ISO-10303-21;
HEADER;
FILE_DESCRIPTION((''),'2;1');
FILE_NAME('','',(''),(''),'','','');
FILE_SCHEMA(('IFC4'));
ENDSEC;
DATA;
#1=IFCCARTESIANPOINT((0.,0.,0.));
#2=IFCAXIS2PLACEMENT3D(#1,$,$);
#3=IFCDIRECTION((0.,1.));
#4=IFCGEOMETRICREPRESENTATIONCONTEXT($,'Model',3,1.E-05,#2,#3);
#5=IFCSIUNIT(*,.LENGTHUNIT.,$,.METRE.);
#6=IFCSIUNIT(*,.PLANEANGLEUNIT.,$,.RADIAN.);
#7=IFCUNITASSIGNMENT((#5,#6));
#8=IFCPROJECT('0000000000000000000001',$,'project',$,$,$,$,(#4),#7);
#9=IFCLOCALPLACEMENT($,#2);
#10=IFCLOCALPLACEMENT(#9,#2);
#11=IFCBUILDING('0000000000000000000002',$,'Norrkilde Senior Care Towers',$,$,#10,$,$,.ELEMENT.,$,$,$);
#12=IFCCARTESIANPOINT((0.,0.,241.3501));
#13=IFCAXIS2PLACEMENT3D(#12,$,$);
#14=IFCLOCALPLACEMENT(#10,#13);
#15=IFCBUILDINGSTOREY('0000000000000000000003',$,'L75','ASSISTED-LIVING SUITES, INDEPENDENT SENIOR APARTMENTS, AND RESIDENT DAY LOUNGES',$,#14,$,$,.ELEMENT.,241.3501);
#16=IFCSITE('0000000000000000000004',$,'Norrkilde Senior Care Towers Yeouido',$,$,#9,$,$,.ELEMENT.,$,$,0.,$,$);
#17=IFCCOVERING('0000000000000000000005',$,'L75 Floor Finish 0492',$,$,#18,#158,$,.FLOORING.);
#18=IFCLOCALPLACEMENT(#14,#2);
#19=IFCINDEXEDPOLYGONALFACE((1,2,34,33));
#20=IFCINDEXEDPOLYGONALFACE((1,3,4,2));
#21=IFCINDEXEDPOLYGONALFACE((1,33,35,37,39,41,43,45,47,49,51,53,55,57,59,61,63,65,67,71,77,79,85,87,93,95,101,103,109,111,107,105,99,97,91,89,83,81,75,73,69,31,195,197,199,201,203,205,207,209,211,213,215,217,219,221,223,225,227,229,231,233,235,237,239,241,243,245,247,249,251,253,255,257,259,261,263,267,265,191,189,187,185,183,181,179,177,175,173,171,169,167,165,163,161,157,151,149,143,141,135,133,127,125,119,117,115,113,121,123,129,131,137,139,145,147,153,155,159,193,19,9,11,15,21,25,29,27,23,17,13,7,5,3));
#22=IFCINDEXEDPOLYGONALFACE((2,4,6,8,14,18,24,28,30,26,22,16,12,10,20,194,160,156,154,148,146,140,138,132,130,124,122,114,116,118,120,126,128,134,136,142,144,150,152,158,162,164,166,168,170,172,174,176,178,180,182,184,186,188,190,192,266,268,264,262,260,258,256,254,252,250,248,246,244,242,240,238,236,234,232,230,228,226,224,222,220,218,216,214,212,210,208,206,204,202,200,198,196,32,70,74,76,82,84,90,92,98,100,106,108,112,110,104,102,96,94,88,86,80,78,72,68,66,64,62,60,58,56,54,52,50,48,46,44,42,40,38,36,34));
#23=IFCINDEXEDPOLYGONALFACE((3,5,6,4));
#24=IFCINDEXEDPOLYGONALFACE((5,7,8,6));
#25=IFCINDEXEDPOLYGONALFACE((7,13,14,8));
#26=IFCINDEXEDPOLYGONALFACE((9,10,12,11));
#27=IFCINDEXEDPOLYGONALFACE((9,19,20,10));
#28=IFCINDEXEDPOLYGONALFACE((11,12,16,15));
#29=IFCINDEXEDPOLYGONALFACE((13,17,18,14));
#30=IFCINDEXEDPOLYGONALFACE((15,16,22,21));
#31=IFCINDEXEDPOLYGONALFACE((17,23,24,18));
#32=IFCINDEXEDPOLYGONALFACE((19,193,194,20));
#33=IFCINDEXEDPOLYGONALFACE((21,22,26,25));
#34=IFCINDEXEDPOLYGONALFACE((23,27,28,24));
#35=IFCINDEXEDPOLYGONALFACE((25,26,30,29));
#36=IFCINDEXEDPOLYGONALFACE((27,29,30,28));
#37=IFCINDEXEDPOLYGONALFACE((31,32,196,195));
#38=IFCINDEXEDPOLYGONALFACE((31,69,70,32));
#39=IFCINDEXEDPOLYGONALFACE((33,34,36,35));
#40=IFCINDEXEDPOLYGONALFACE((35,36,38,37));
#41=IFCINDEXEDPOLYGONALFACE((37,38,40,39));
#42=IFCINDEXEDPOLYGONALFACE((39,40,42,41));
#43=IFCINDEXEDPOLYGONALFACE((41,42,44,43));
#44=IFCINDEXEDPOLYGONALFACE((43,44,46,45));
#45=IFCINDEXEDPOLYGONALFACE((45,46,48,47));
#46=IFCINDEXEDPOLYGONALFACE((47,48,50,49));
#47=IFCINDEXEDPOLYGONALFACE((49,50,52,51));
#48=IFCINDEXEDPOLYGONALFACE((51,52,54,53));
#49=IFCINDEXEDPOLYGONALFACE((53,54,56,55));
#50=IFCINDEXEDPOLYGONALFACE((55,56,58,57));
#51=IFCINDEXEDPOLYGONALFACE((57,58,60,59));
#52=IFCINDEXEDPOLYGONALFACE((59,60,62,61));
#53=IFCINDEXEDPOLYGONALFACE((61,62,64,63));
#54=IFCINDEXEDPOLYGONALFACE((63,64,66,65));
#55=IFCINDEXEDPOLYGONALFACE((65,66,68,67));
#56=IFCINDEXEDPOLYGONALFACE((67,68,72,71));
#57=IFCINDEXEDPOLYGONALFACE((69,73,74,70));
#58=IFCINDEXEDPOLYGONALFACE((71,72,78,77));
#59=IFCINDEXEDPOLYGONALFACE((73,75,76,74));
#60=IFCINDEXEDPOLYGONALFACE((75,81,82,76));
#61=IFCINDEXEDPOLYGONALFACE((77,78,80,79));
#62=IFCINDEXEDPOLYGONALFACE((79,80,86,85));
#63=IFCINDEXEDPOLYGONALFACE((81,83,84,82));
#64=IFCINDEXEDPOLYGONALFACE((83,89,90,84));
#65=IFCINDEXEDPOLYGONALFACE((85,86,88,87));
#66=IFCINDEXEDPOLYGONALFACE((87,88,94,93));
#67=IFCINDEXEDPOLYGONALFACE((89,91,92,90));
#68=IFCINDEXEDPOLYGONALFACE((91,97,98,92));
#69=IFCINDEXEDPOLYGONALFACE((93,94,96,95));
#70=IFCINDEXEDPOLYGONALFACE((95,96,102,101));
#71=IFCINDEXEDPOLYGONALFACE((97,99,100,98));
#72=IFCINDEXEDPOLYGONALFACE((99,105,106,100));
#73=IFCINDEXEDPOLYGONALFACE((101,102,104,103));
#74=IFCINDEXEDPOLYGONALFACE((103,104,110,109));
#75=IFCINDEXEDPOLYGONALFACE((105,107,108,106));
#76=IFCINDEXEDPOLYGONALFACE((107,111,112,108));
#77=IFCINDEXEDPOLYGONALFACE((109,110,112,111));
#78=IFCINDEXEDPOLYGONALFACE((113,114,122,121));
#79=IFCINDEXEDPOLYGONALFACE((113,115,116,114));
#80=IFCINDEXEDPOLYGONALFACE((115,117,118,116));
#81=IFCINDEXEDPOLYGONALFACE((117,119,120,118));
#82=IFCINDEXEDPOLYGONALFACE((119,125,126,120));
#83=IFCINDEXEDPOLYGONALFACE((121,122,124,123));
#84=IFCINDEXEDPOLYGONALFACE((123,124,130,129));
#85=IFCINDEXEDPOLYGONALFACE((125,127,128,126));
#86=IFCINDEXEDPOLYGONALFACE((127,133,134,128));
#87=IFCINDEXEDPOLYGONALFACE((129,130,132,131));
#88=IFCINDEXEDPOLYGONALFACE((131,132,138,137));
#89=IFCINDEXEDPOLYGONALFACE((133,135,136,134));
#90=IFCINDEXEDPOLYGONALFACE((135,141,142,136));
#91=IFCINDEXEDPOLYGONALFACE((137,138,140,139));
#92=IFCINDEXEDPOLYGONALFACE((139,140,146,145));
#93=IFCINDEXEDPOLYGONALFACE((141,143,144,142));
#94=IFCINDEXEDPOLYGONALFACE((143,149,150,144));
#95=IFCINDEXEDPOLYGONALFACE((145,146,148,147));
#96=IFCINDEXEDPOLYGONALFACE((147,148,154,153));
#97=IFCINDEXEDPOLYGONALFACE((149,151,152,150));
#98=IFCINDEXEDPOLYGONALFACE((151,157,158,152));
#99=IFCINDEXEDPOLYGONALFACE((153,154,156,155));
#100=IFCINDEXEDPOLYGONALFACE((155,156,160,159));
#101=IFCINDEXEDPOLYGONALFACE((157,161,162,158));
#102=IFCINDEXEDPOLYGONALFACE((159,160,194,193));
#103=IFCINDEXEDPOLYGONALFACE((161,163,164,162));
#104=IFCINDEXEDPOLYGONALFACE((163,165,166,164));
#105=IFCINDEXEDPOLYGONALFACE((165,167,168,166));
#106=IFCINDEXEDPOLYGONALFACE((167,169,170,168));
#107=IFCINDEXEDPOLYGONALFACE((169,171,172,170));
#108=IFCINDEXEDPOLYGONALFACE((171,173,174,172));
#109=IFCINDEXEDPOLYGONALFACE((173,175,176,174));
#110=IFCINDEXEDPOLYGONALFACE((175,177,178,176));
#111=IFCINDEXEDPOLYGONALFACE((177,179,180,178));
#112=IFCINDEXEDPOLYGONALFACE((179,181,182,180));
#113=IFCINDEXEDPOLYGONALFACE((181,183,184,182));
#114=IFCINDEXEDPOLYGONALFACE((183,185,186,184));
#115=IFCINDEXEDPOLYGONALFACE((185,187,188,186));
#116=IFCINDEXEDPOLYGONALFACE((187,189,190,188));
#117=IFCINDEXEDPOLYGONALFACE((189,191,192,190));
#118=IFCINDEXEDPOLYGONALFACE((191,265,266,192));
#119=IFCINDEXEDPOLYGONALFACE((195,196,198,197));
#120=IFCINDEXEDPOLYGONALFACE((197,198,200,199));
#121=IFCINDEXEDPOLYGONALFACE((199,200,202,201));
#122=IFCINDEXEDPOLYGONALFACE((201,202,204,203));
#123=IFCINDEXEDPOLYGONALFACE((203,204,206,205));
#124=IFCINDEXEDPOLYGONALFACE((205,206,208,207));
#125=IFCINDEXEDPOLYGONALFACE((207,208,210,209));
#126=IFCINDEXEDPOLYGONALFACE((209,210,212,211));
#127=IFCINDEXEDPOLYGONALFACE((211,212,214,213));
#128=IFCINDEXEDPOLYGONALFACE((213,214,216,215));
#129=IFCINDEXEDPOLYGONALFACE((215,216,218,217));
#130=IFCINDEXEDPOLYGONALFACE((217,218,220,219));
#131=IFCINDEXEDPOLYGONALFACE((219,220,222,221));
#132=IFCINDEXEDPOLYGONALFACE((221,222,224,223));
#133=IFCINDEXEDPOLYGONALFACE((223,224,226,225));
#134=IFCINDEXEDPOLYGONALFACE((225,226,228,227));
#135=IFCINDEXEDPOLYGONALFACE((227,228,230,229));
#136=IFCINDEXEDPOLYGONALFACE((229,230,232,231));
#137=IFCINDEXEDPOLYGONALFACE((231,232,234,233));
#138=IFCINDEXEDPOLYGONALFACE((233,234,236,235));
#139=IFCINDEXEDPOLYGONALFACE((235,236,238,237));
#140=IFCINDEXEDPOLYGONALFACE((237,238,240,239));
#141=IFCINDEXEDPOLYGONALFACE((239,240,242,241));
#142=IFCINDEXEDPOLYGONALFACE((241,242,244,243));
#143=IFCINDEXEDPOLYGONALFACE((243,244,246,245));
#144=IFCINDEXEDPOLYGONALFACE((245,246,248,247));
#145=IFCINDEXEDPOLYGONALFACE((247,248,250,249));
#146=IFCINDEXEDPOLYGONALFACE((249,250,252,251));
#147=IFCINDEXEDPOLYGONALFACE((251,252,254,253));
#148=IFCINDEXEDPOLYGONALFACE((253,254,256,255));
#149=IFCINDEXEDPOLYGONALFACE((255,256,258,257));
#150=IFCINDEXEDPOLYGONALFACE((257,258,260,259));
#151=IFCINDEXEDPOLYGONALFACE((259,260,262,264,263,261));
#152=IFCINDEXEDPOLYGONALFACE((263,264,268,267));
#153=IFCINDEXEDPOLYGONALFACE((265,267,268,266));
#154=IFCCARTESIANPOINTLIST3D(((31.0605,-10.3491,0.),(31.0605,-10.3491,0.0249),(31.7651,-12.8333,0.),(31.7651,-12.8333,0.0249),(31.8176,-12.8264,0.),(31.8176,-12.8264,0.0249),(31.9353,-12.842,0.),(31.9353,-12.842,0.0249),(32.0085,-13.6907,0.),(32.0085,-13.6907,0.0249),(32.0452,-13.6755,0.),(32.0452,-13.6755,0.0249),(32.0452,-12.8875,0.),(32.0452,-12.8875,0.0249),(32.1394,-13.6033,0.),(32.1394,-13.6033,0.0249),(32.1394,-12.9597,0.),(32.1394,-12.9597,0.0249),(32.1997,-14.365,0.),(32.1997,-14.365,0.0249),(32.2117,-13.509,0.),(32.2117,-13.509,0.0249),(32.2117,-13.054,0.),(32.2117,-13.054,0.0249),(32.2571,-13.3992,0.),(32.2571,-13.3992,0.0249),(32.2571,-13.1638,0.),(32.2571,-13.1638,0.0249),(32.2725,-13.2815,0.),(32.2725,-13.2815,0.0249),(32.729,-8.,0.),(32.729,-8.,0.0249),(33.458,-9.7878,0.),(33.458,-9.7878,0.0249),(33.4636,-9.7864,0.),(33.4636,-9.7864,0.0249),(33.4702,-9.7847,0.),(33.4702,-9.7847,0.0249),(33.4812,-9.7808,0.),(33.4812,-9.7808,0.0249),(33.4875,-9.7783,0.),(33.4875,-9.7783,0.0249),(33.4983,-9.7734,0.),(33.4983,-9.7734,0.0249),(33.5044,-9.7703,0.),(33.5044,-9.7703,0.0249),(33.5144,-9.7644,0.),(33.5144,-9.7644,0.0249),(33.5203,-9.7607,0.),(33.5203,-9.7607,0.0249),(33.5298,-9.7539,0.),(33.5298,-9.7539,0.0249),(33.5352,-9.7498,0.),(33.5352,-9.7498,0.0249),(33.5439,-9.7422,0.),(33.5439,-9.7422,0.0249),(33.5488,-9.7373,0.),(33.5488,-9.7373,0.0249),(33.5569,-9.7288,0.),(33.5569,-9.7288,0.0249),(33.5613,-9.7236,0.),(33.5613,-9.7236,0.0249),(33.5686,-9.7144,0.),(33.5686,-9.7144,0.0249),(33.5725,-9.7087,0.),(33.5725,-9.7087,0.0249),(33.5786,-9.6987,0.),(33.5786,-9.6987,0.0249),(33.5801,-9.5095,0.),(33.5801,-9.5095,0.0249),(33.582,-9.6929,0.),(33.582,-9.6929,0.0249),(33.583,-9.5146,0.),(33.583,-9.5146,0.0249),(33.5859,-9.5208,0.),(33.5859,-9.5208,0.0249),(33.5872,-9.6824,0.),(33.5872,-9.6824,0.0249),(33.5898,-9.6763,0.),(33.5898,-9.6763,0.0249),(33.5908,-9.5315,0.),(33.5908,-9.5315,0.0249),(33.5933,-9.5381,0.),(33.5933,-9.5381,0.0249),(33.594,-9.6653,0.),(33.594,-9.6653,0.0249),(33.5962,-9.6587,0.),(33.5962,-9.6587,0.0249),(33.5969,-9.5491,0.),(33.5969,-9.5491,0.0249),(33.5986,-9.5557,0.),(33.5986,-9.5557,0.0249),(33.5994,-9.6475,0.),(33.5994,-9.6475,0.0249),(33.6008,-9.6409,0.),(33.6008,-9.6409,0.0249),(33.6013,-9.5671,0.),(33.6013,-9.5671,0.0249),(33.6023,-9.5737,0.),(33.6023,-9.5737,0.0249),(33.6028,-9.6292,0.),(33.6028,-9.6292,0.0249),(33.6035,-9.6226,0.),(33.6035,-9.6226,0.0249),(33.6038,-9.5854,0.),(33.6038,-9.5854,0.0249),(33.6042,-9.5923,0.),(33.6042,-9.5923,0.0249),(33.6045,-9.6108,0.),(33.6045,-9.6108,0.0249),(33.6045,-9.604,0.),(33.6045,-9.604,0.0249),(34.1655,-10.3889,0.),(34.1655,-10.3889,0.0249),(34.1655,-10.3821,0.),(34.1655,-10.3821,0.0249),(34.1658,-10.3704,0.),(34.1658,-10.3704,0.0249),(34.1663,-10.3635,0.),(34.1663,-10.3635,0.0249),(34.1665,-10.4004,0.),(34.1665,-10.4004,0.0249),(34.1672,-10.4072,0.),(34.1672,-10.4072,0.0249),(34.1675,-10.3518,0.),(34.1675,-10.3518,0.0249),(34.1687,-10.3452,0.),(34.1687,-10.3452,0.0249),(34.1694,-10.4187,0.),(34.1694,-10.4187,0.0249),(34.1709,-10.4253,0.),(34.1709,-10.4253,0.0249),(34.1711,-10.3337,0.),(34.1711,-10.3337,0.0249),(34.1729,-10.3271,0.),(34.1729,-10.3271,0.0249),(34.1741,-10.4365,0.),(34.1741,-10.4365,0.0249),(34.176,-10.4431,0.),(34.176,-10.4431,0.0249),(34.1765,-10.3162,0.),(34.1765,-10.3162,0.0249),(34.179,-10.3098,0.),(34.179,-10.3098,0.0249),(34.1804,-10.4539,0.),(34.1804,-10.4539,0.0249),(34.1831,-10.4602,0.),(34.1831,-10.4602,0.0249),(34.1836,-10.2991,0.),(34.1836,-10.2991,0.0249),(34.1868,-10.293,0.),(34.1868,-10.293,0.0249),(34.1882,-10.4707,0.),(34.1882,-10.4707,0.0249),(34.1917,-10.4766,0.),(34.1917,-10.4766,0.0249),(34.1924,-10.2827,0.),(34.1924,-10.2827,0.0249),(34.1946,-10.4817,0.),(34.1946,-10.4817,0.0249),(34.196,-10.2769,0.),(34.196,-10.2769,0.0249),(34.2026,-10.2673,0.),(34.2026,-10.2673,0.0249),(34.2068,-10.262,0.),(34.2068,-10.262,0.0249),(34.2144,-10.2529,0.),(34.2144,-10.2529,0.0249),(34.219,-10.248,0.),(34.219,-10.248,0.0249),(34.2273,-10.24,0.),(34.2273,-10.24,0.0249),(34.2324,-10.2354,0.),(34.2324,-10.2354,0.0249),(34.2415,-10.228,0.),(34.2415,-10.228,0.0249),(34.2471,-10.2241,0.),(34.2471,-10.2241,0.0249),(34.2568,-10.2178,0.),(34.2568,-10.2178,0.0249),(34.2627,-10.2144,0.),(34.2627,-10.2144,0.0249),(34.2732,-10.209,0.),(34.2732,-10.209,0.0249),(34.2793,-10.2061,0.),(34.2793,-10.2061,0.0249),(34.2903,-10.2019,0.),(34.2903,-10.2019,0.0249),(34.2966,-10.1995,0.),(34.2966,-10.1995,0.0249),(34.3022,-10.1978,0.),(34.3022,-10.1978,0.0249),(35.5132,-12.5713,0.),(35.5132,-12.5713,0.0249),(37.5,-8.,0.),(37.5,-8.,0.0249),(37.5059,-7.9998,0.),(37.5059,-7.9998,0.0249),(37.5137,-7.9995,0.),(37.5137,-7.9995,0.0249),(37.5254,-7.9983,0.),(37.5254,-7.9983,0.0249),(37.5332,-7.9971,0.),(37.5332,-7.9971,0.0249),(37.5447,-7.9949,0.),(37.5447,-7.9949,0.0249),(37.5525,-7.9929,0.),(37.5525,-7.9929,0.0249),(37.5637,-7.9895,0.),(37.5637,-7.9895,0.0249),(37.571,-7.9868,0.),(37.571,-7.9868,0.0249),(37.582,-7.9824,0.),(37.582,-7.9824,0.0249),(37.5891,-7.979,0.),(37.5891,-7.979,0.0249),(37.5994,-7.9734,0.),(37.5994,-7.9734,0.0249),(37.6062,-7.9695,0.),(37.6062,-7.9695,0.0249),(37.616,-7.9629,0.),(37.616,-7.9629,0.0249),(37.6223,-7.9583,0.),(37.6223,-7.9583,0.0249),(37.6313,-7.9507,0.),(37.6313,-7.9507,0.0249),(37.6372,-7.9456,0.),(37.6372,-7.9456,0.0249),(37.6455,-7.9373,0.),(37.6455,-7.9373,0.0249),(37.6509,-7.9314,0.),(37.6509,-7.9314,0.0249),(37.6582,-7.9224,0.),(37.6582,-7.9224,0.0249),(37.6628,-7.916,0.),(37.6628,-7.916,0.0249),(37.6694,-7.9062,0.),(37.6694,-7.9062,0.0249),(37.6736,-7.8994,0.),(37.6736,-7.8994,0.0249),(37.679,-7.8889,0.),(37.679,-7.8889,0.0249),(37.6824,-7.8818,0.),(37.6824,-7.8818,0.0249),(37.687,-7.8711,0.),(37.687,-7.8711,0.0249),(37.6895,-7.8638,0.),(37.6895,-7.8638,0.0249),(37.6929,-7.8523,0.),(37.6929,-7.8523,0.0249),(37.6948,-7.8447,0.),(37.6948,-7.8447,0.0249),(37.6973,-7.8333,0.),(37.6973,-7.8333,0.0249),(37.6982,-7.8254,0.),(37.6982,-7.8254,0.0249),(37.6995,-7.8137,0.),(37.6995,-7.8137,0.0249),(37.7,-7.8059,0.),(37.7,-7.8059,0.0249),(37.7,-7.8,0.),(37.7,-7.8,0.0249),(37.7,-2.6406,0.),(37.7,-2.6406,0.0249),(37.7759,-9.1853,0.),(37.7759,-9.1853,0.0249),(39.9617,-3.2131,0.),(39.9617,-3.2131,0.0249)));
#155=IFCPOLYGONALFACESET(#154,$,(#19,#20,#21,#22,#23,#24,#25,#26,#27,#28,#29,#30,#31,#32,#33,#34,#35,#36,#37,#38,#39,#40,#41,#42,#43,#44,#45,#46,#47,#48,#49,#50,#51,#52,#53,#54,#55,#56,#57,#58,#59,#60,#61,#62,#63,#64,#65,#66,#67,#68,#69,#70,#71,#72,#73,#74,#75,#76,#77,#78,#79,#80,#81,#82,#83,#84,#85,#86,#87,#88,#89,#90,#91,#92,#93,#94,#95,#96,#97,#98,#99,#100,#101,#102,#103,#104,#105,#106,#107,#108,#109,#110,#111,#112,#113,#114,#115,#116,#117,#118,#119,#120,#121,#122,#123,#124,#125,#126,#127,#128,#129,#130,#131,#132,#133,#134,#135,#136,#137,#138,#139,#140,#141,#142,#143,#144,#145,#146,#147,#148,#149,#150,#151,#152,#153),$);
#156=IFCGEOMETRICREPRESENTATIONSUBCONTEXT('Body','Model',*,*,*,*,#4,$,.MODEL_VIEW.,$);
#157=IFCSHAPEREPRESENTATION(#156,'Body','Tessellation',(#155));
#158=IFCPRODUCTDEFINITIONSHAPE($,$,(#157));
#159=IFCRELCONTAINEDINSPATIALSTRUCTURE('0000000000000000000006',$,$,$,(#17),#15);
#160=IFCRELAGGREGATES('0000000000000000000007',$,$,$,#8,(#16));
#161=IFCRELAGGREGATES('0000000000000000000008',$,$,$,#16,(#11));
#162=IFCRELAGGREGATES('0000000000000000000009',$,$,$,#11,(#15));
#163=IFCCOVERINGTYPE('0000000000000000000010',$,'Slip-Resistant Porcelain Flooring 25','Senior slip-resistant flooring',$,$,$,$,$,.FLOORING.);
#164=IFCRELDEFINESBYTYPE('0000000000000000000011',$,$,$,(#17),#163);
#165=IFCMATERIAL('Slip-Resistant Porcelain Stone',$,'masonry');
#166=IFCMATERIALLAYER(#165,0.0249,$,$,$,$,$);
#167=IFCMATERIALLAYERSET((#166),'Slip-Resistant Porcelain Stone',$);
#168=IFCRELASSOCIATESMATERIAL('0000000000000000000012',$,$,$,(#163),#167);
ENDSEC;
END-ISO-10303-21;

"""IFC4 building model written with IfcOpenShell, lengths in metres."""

from ifc_helpers import new_model, si_unit, direction, frame, origin, place, context, subcontext, project, spatial, polyline, outline, extrude, material, layer, layer_set, type_object, element, save


model = new_model("IFC4")

# Units and contexts
model_context = context("Model", 3, precision=1e-05, world=origin(), true_north=direction((0.0, 1.0)))
body_context = subcontext(model_context, "Body", "Model", "MODEL_VIEW")
ifc_project = project(units=[si_unit("LENGTHUNIT", "METRE"), si_unit("PLANEANGLEUNIT", "RADIAN")], contexts=[model_context])

# Site, building, storey
site_placement = place(None, origin())
site = spatial("IfcSite", under=ifc_project, at=site_placement, Name="Norrkilde Senior Care Towers Yeouido", CompositionType="ELEMENT", RefElevation=0.0)
building_placement = place(site_placement, origin())
building = spatial("IfcBuilding", under=site, at=building_placement, Name="Norrkilde Senior Care Towers", CompositionType="ELEMENT")
storey_placement = place(building_placement, frame((0.0, 0.0, 241.3501)))
storey = spatial("IfcBuildingStorey", under=building, at=storey_placement, Name="L75", Description="ASSISTED-LIVING SUITES, INDEPENDENT SENIOR APARTMENTS, AND RESIDENT DAY LOUNGES", CompositionType="ELEMENT", Elevation=241.3501)

# Covering
ifc_material_1 = material(Name="Slip-Resistant Porcelain Stone", Category="masonry")
ifc_layer_1 = layer(ifc_material_1, 0.0249)
ifc_layer_set_1 = layer_set([ifc_layer_1], Name="Slip-Resistant Porcelain Stone")
covering_type_1 = type_object("IfcCoveringType", Name="Slip-Resistant Porcelain Flooring 25", Description="Senior slip-resistant flooring", PredefinedType="FLOORING", material=ifc_layer_set_1)
covering_1_placement = place(storey_placement, origin())
element("IfcCovering", 1, at=covering_1_placement, inside=storey, type_object=covering_type_1, Name="L75 Floor Finish 0492", PredefinedType="FLOORING", context=body_context, shape_type="SweptSolid", body=[
    extrude(outline(polyline([(33.4983, -9.7734), (33.5044, -9.7703), (33.5144, -9.7644), (33.5203, -9.7607), (33.5298, -9.7539), (33.5352, -9.7498), (33.5439, -9.7422), (33.5488, -9.7373), (33.5569, -9.7288), (33.5613, -9.7236), (33.5686, -9.7144), (33.5725, -9.7087), (33.5786, -9.6987), (33.582, -9.6929), (33.5872, -9.6824), (33.5898, -9.6763), (33.594, -9.6653), (33.5962, -9.6587), (33.5994, -9.6475), (33.6008, -9.6409), (33.6028, -9.6292), (33.6035, -9.6226), (33.6045, -9.6108), (33.6045, -9.604), (33.6042, -9.5923), (33.6038, -9.5854), (33.6023, -9.5737), (33.6013, -9.5671), (33.5986, -9.5557), (33.5969, -9.5491), (33.5933, -9.5381), (33.5908, -9.5315), (33.5859, -9.5208), (33.583, -9.5146), (33.5801, -9.5095), (32.729, -8.0), (37.5, -8.0), (37.5059, -7.9998), (37.5137, -7.9995), (37.5254, -7.9983), (37.5332, -7.9971), (37.5447, -7.9949), (37.5525, -7.9929), (37.5637, -7.9895), (37.571, -7.9868), (37.582, -7.9824), (37.5891, -7.979), (37.5994, -7.9734), (37.6062, -7.9695), (37.616, -7.9629), (37.6223, -7.9583), (37.6313, -7.9507), (37.6372, -7.9456), (37.6455, -7.9373), (37.6509, -7.9314), (37.6582, -7.9224), (37.6628, -7.916), (37.6694, -7.9062), (37.6736, -7.8994), (37.679, -7.8889), (37.6824, -7.8818), (37.687, -7.8711), (37.6895, -7.8638), (37.6929, -7.8523), (37.6948, -7.8447), (37.6973, -7.8333), (37.6982, -7.8254), (37.6995, -7.8137), (37.7, -7.8059), (37.7, -7.8), (37.7, -2.6406), (39.9617, -3.2131), (37.7759, -9.1853), (34.3022, -10.1978), (34.2966, -10.1995), (34.2903, -10.2019), (34.2793, -10.2061), (34.2732, -10.209), (34.2627, -10.2144), (34.2568, -10.2178), (34.2471, -10.2241), (34.2415, -10.228), (34.2324, -10.2354), (34.2273, -10.24), (34.219, -10.248), (34.2144, -10.2529), (34.2068, -10.262), (34.2026, -10.2673), (34.196, -10.2769), (34.1924, -10.2827), (34.1868, -10.293), (34.1836, -10.2991), (34.179, -10.3098), (34.1765, -10.3162), (34.1729, -10.3271), (34.1711, -10.3337), (34.1687, -10.3452), (34.1675, -10.3518), (34.1663, -10.3635), (34.1658, -10.3704), (34.1655, -10.3821), (34.1655, -10.3889), (34.1665, -10.4004), (34.1672, -10.4072), (34.1694, -10.4187), (34.1709, -10.4253), (34.1741, -10.4365), (34.176, -10.4431), (34.1804, -10.4539), (34.1831, -10.4602), (34.1882, -10.4707), (34.1917, -10.4766), (34.1946, -10.4817), (35.5132, -12.5713), (32.1997, -14.365), (32.0085, -13.6907), (32.0452, -13.6755), (32.1394, -13.6033), (32.2117, -13.509), (32.2571, -13.3992), (32.2725, -13.2815), (32.2571, -13.1638), (32.2117, -13.054), (32.1394, -12.9597), (32.0452, -12.8875), (31.9353, -12.842), (31.8176, -12.8264), (31.7651, -12.8333), (31.0605, -10.3491), (33.458, -9.7878), (33.4636, -9.7864), (33.4702, -9.7847), (33.4812, -9.7808), (33.4875, -9.7783), (33.4983, -9.7734)])), origin(), (0.0, 0.0, 1.0), 0.0249),
])

save(model, "model.ifc")
